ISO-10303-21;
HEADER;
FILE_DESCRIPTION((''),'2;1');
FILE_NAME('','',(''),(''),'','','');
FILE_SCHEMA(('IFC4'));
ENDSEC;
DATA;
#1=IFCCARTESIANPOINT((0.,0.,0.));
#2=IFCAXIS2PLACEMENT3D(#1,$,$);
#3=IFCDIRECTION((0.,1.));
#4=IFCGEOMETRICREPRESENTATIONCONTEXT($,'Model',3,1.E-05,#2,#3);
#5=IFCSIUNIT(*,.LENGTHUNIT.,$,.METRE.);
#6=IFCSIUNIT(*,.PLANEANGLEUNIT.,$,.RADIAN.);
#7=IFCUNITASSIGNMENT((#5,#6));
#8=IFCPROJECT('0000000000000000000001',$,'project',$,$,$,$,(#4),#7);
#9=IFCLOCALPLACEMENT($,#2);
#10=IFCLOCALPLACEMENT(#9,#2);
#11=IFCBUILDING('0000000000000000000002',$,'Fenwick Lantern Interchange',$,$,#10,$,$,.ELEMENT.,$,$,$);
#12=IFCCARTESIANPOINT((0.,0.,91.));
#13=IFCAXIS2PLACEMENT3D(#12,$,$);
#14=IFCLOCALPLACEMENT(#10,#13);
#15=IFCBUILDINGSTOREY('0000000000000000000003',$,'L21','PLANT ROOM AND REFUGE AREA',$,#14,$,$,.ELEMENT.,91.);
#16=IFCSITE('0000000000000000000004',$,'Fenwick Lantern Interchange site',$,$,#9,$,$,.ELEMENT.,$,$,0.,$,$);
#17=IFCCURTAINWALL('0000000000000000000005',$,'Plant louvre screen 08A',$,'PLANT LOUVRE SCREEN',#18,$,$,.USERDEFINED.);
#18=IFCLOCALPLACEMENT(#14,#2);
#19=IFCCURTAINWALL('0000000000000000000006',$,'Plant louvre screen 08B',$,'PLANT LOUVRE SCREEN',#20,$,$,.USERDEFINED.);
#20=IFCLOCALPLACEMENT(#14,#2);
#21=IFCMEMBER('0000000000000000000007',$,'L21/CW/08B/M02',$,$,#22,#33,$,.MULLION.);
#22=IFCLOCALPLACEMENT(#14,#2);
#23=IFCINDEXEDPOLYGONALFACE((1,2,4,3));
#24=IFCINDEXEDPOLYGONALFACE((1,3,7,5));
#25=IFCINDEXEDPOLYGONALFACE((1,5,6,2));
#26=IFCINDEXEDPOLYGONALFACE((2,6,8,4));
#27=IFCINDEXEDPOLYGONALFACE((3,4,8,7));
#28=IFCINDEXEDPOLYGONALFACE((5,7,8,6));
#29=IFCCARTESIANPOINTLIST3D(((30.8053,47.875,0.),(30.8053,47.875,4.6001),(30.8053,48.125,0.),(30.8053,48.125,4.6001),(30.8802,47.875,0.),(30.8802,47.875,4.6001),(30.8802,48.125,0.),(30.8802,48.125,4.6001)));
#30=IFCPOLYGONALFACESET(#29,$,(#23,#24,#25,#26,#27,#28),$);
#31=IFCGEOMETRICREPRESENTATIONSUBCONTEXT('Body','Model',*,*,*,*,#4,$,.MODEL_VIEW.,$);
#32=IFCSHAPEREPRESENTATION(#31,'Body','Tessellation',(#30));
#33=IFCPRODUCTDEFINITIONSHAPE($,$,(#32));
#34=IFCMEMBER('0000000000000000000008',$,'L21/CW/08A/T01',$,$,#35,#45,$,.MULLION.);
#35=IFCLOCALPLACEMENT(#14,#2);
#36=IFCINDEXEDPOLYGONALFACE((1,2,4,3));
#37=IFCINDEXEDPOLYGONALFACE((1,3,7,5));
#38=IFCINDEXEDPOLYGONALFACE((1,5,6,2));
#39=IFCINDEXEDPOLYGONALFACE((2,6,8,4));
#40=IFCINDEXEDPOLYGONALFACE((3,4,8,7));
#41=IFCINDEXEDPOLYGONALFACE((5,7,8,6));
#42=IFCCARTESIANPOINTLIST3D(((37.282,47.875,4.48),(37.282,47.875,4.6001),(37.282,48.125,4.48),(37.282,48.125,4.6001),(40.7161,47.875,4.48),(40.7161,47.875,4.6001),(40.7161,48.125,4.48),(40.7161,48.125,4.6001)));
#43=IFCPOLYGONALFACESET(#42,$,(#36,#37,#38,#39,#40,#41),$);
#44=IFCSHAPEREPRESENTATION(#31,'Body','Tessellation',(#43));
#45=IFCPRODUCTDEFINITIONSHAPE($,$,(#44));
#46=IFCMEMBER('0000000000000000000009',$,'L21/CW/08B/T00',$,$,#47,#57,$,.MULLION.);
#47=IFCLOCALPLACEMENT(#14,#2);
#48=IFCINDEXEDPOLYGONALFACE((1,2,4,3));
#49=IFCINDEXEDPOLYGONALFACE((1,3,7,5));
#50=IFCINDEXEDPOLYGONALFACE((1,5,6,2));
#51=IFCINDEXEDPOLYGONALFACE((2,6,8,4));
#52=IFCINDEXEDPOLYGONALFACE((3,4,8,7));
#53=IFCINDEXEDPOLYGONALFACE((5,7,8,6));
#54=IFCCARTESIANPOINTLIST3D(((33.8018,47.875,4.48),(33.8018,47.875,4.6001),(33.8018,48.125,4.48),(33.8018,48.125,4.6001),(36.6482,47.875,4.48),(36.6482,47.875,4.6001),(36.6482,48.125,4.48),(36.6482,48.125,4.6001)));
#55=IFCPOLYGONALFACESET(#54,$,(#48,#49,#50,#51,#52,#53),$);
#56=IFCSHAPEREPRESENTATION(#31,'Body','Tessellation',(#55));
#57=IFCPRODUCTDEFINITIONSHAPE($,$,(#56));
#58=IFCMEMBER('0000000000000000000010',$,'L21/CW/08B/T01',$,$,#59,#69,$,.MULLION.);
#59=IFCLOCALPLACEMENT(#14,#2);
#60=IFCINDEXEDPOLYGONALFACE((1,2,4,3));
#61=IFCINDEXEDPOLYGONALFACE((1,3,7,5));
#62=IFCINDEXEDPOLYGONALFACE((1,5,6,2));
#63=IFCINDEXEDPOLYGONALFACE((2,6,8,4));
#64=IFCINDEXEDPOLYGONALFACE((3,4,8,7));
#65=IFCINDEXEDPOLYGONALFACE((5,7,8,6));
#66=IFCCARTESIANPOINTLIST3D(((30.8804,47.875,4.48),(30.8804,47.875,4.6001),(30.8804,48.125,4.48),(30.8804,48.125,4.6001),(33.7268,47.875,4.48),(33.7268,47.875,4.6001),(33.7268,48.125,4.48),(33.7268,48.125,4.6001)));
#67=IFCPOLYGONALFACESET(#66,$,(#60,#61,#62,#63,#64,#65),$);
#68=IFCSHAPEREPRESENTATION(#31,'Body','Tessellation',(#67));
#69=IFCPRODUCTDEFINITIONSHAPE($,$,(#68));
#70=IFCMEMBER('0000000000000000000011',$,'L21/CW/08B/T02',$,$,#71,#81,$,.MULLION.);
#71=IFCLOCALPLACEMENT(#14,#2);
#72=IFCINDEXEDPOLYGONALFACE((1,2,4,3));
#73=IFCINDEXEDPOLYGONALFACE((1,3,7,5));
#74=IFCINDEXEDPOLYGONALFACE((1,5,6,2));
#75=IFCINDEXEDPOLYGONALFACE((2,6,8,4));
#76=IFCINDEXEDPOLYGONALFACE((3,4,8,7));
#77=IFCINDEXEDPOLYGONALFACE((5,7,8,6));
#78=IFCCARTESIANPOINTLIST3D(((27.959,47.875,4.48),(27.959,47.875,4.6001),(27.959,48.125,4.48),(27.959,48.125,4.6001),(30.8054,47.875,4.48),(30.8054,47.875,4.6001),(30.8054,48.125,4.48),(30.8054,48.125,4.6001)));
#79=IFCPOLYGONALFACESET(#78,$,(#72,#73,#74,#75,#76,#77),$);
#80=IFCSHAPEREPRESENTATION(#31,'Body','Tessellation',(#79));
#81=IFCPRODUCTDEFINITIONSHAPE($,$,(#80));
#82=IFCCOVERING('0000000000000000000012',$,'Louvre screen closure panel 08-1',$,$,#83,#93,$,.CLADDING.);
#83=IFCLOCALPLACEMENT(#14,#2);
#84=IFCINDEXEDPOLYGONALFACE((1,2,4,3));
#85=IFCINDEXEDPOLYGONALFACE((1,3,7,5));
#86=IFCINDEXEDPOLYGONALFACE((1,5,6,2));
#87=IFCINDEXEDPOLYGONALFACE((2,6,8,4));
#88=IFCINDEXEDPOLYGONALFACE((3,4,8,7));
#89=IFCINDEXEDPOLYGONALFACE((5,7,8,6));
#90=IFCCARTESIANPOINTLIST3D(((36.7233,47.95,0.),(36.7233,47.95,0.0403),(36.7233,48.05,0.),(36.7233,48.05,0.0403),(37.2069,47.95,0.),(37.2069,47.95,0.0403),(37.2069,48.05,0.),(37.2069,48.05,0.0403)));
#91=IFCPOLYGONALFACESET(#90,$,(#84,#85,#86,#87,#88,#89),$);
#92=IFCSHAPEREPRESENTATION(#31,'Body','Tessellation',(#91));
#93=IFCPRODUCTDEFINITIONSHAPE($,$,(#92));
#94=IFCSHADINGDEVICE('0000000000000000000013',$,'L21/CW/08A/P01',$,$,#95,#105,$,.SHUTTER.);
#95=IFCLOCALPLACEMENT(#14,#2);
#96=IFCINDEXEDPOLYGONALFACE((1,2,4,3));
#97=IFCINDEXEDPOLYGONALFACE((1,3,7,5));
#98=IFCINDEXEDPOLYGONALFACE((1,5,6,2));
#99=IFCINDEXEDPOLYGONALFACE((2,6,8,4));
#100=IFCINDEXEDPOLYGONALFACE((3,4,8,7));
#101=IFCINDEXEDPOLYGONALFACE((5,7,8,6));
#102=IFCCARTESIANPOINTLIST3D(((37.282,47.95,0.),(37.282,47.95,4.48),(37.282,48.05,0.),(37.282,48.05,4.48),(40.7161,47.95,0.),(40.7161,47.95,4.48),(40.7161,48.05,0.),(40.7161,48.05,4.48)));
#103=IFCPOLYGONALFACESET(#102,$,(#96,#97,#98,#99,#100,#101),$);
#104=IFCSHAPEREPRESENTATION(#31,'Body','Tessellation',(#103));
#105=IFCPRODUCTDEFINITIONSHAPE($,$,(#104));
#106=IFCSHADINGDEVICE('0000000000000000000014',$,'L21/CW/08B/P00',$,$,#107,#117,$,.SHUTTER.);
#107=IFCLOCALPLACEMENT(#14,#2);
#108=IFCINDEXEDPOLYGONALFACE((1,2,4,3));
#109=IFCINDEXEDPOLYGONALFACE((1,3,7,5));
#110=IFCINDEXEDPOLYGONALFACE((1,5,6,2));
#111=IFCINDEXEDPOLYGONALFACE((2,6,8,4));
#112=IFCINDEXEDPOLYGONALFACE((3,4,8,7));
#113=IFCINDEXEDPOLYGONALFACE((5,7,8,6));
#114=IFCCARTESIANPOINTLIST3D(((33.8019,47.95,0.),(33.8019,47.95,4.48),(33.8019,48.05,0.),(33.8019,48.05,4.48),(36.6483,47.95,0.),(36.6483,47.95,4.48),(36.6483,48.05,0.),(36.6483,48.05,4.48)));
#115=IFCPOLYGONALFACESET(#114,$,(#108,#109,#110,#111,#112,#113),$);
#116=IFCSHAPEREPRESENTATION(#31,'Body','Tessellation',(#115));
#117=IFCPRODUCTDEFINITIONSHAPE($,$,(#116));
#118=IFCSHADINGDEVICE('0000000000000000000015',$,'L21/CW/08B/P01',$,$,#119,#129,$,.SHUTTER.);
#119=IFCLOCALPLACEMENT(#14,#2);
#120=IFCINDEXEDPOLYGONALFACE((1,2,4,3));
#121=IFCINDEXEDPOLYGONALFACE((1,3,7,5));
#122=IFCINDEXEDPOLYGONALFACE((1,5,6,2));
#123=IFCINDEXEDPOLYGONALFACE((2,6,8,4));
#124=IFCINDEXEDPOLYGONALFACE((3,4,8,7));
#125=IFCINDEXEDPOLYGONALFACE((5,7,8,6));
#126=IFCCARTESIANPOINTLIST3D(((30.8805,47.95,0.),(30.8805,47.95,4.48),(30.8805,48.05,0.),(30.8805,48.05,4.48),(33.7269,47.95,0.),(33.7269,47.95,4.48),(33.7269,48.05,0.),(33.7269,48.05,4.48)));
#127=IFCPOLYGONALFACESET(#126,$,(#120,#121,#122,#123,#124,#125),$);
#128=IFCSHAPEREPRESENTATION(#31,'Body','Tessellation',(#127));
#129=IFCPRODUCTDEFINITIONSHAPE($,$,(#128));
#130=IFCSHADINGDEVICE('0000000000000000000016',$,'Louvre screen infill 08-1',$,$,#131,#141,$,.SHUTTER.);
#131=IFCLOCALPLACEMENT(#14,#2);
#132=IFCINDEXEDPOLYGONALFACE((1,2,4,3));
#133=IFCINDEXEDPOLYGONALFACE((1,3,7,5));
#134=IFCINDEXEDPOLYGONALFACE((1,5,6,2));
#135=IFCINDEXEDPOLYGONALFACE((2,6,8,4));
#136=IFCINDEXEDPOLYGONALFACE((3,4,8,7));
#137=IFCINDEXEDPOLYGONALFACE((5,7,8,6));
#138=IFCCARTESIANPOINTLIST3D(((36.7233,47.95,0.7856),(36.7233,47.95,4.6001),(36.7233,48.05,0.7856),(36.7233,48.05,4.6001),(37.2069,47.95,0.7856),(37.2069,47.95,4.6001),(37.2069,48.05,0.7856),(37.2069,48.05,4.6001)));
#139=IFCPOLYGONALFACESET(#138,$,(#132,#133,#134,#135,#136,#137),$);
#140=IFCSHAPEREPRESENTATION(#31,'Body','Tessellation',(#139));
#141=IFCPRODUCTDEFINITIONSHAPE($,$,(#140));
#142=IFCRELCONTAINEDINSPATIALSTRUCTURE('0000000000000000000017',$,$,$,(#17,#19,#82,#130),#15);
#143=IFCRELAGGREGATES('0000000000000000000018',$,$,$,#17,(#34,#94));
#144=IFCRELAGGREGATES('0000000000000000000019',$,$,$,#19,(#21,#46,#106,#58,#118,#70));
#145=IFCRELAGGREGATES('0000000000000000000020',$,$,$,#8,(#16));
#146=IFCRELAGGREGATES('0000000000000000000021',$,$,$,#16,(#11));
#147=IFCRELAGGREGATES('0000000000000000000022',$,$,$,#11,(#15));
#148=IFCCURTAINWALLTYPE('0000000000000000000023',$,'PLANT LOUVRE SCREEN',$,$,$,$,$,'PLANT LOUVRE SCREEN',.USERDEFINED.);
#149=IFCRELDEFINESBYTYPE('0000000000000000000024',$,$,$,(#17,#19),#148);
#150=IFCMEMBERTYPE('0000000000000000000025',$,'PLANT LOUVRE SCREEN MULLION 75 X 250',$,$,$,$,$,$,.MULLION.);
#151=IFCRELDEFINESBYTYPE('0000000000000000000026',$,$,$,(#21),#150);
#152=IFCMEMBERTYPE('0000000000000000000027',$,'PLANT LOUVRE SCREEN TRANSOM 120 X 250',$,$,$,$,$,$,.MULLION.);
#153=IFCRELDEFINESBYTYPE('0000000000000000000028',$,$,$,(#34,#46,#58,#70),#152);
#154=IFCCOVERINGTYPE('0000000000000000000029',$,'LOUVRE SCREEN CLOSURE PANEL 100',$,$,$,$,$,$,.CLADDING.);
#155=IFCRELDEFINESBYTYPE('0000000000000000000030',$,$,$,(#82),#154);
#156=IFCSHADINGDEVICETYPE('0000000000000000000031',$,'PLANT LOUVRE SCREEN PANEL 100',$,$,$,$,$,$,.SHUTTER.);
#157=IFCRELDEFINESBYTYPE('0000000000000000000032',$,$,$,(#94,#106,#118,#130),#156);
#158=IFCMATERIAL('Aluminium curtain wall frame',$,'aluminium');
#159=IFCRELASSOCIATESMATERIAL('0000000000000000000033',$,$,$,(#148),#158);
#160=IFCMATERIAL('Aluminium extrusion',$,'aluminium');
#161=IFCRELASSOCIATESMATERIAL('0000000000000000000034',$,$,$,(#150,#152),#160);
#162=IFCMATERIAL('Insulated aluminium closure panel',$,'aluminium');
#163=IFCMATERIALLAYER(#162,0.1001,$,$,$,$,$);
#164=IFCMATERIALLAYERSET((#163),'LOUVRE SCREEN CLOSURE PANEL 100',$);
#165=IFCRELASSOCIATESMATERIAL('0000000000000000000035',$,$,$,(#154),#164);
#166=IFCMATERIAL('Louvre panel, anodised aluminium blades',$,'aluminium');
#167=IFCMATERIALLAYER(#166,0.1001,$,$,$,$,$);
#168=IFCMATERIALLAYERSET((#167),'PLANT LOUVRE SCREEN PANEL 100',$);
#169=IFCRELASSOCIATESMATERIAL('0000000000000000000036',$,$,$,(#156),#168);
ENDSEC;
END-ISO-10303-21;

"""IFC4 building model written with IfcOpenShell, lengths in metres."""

from ifc_helpers import new_model, si_unit, direction, frame, origin, origin_2d, place, context, subcontext, project, spatial, rectangle, extrude, material, layer, layer_set, material_profile, profile_set, type_object, element, aggregate, save


model = new_model("IFC4")

# Units and contexts
model_context = context("Model", 3, precision=1e-05, world=origin(), true_north=direction((0.0, 1.0)))
body_context = subcontext(model_context, "Body", "Model", "MODEL_VIEW")
ifc_project = project(units=[si_unit("LENGTHUNIT", "METRE"), si_unit("PLANEANGLEUNIT", "RADIAN")], contexts=[model_context])

# Site, building, storey
site_placement = place(None, origin())
site = spatial("IfcSite", under=ifc_project, at=site_placement, Name="Fenwick Lantern Interchange site", CompositionType="ELEMENT", RefElevation=0.0)
building_placement = place(site_placement, origin())
building = spatial("IfcBuilding", under=site, at=building_placement, Name="Fenwick Lantern Interchange", CompositionType="ELEMENT")
storey_placement = place(building_placement, frame((0.0, 0.0, 91.0)))
storey = spatial("IfcBuildingStorey", under=building, at=storey_placement, Name="L21", Description="PLANT ROOM AND REFUGE AREA", CompositionType="ELEMENT", Elevation=91.0)

# Curtain walls, member
ifc_material_1 = material(Name="Aluminium curtain wall frame", Category="aluminium")
curtain_wall_type = type_object("IfcCurtainWallType", Name="PLANT LOUVRE SCREEN", ElementType="PLANT LOUVRE SCREEN", PredefinedType="USERDEFINED", material=ifc_material_1)
curtain_wall_1_placement = place(storey_placement, origin())
curtain_wall_1 = element("IfcCurtainWall", 1, at=curtain_wall_1_placement, inside=storey, type_object=curtain_wall_type, Name="Plant louvre screen 08A", ObjectType="PLANT LOUVRE SCREEN", PredefinedType="USERDEFINED")
ifc_material_2 = material(Name="Aluminium extrusion", Category="aluminium")
ifc_material_profile_1 = material_profile(ifc_material_2, rectangle(XDim=0.25, YDim=0.075, at=origin_2d()), Name="PLANT LOUVRE SCREEN MULLION 75 X 250")
ifc_profile_set_1 = profile_set([ifc_material_profile_1], Name="Aluminium extrusion")
member_type_1 = type_object("IfcMemberType", Name="PLANT LOUVRE SCREEN MULLION 75 X 250", PredefinedType="MULLION", material=ifc_profile_set_1)
curtain_wall_2_placement = place(storey_placement, origin())
curtain_wall_2 = element("IfcCurtainWall", 2, at=curtain_wall_2_placement, inside=storey, type_object=curtain_wall_type, Name="Plant louvre screen 08B", ObjectType="PLANT LOUVRE SCREEN", PredefinedType="USERDEFINED")
member_1_placement = place(storey_placement, frame((30.8428, 48.0, 0.0), z_axis=(0.0, 0.0, 1.0), x_axis=(0.0, -1.0, 0.0)))
member_1 = element("IfcMember", 3, at=member_1_placement, type_object=member_type_1, Name="L21/CW/08B/M02", PredefinedType="MULLION", context=body_context, shape_type="SweptSolid", body=[
    extrude(rectangle(XDim=0.25, YDim=0.075, at=origin_2d()), origin(), (0.0, 0.0, 1.0), 4.6001),
])

# Members
ifc_material_profile_2 = material_profile(ifc_material_2, rectangle(XDim=0.25, YDim=0.1201, at=origin_2d()), Name="PLANT LOUVRE SCREEN TRANSOM 120 X 250")
ifc_profile_set_2 = profile_set([ifc_material_profile_2], Name="Aluminium extrusion")
member_type_2 = type_object("IfcMemberType", Name="PLANT LOUVRE SCREEN TRANSOM 120 X 250", PredefinedType="MULLION", material=ifc_profile_set_2)
member_2_placement = place(storey_placement, frame((40.7161, 48.0, 4.54), z_axis=(-1.0, 0.0, 0.0), x_axis=(0.0, -1.0, 0.0)))
member_2 = element("IfcMember", 4, at=member_2_placement, type_object=member_type_2, Name="L21/CW/08A/T01", PredefinedType="MULLION", context=body_context, shape_type="SweptSolid", body=[
    extrude(rectangle(XDim=0.25, YDim=0.1201, at=origin_2d()), origin(), (0.0, 0.0, 1.0), 3.4341),
])
member_3_placement = place(storey_placement, frame((36.6482, 48.0, 4.54), z_axis=(-1.0, 0.0, 0.0), x_axis=(0.0, -1.0, 0.0)))
member_3 = element("IfcMember", 5, at=member_3_placement, type_object=member_type_2, Name="L21/CW/08B/T00", PredefinedType="MULLION", context=body_context, shape_type="SweptSolid", body=[
    extrude(rectangle(XDim=0.25, YDim=0.1201, at=origin_2d()), origin(), (0.0, 0.0, 1.0), 2.8464),
])
member_4_placement = place(storey_placement, frame((33.7268, 48.0, 4.54), z_axis=(-1.0, 0.0, 0.0), x_axis=(0.0, -1.0, 0.0)))
member_4 = element("IfcMember", 6, at=member_4_placement, type_object=member_type_2, Name="L21/CW/08B/T01", PredefinedType="MULLION", context=body_context, shape_type="SweptSolid", body=[
    extrude(rectangle(XDim=0.25, YDim=0.1201, at=origin_2d()), origin(), (0.0, 0.0, 1.0), 2.8464),
])
member_5_placement = place(storey_placement, frame((30.8054, 48.0, 4.54), z_axis=(-1.0, 0.0, 0.0), x_axis=(0.0, -1.0, 0.0)))
member_5 = element("IfcMember", 7, at=member_5_placement, type_object=member_type_2, Name="L21/CW/08B/T02", PredefinedType="MULLION", context=body_context, shape_type="SweptSolid", body=[
    extrude(rectangle(XDim=0.25, YDim=0.1201, at=origin_2d()), origin(), (0.0, 0.0, 1.0), 2.8464),
])

# Covering
ifc_material_3 = material(Name="Insulated aluminium closure panel", Category="aluminium")
ifc_layer_1 = layer(ifc_material_3, 0.1001)
ifc_layer_set_1 = layer_set([ifc_layer_1], Name="LOUVRE SCREEN CLOSURE PANEL 100")
covering_type = type_object("IfcCoveringType", Name="LOUVRE SCREEN CLOSURE PANEL 100", PredefinedType="CLADDING", material=ifc_layer_set_1)
covering_placement = place(storey_placement, frame((36.9651, 48.0, 0.0), z_axis=(0.0, 0.0, 1.0), x_axis=(-1.0, 0.0, 0.0)))
element("IfcCovering", 8, at=covering_placement, inside=storey, type_object=covering_type, Name="Louvre screen closure panel 08-1", PredefinedType="CLADDING", context=body_context, shape_type="SweptSolid", body=[
    extrude(rectangle(XDim=0.4836, YDim=0.1001, at=origin_2d()), origin(), (0.0, 0.0, 1.0), 0.0403),
])

# Shading devices
ifc_material_4 = material(Name="Louvre panel, anodised aluminium blades", Category="aluminium")
ifc_layer_2 = layer(ifc_material_4, 0.1001)
ifc_layer_set_2 = layer_set([ifc_layer_2], Name="PLANT LOUVRE SCREEN PANEL 100")
shading_device_type = type_object("IfcShadingDeviceType", Name="PLANT LOUVRE SCREEN PANEL 100", PredefinedType="SHUTTER", material=ifc_layer_set_2)
shading_device_1_placement = place(storey_placement, frame((38.999, 48.0, 0.0), z_axis=(0.0, 0.0, 1.0), x_axis=(-1.0, 0.0, 0.0)))
shading_device_1 = element("IfcShadingDevice", 9, at=shading_device_1_placement, type_object=shading_device_type, Name="L21/CW/08A/P01", PredefinedType="SHUTTER", context=body_context, shape_type="SweptSolid", body=[
    extrude(rectangle(XDim=3.4341, YDim=0.1001, at=origin_2d()), origin(), (0.0, 0.0, 1.0), 4.48),
])
aggregate(curtain_wall_1, [member_2, shading_device_1])
shading_device_2_placement = place(storey_placement, frame((35.2251, 48.0, 0.0), z_axis=(0.0, 0.0, 1.0), x_axis=(-1.0, 0.0, 0.0)))
shading_device_2 = element("IfcShadingDevice", 10, at=shading_device_2_placement, type_object=shading_device_type, Name="L21/CW/08B/P00", PredefinedType="SHUTTER", context=body_context, shape_type="SweptSolid", body=[
    extrude(rectangle(XDim=2.8464, YDim=0.1001, at=origin_2d()), origin(), (0.0, 0.0, 1.0), 4.48),
])
shading_device_3_placement = place(storey_placement, frame((32.3037, 48.0, 0.0), z_axis=(0.0, 0.0, 1.0), x_axis=(-1.0, 0.0, 0.0)))
shading_device_3 = element("IfcShadingDevice", 11, at=shading_device_3_placement, type_object=shading_device_type, Name="L21/CW/08B/P01", PredefinedType="SHUTTER", context=body_context, shape_type="SweptSolid", body=[
    extrude(rectangle(XDim=2.8464, YDim=0.1001, at=origin_2d()), origin(), (0.0, 0.0, 1.0), 4.48),
])
aggregate(curtain_wall_2, [member_1, member_3, shading_device_2, member_4, shading_device_3, member_5])
shading_device_4_placement = place(storey_placement, frame((36.9651, 48.0, 0.7856), z_axis=(0.0, 0.0, 1.0), x_axis=(-1.0, 0.0, 0.0)))
element("IfcShadingDevice", 12, at=shading_device_4_placement, inside=storey, type_object=shading_device_type, Name="Louvre screen infill 08-1", PredefinedType="SHUTTER", context=body_context, shape_type="SweptSolid", body=[
    extrude(rectangle(XDim=0.4836, YDim=0.1001, at=origin_2d()), origin(), (0.0, 0.0, 1.0), 3.8145),
])

save(model, "model.ifc")
